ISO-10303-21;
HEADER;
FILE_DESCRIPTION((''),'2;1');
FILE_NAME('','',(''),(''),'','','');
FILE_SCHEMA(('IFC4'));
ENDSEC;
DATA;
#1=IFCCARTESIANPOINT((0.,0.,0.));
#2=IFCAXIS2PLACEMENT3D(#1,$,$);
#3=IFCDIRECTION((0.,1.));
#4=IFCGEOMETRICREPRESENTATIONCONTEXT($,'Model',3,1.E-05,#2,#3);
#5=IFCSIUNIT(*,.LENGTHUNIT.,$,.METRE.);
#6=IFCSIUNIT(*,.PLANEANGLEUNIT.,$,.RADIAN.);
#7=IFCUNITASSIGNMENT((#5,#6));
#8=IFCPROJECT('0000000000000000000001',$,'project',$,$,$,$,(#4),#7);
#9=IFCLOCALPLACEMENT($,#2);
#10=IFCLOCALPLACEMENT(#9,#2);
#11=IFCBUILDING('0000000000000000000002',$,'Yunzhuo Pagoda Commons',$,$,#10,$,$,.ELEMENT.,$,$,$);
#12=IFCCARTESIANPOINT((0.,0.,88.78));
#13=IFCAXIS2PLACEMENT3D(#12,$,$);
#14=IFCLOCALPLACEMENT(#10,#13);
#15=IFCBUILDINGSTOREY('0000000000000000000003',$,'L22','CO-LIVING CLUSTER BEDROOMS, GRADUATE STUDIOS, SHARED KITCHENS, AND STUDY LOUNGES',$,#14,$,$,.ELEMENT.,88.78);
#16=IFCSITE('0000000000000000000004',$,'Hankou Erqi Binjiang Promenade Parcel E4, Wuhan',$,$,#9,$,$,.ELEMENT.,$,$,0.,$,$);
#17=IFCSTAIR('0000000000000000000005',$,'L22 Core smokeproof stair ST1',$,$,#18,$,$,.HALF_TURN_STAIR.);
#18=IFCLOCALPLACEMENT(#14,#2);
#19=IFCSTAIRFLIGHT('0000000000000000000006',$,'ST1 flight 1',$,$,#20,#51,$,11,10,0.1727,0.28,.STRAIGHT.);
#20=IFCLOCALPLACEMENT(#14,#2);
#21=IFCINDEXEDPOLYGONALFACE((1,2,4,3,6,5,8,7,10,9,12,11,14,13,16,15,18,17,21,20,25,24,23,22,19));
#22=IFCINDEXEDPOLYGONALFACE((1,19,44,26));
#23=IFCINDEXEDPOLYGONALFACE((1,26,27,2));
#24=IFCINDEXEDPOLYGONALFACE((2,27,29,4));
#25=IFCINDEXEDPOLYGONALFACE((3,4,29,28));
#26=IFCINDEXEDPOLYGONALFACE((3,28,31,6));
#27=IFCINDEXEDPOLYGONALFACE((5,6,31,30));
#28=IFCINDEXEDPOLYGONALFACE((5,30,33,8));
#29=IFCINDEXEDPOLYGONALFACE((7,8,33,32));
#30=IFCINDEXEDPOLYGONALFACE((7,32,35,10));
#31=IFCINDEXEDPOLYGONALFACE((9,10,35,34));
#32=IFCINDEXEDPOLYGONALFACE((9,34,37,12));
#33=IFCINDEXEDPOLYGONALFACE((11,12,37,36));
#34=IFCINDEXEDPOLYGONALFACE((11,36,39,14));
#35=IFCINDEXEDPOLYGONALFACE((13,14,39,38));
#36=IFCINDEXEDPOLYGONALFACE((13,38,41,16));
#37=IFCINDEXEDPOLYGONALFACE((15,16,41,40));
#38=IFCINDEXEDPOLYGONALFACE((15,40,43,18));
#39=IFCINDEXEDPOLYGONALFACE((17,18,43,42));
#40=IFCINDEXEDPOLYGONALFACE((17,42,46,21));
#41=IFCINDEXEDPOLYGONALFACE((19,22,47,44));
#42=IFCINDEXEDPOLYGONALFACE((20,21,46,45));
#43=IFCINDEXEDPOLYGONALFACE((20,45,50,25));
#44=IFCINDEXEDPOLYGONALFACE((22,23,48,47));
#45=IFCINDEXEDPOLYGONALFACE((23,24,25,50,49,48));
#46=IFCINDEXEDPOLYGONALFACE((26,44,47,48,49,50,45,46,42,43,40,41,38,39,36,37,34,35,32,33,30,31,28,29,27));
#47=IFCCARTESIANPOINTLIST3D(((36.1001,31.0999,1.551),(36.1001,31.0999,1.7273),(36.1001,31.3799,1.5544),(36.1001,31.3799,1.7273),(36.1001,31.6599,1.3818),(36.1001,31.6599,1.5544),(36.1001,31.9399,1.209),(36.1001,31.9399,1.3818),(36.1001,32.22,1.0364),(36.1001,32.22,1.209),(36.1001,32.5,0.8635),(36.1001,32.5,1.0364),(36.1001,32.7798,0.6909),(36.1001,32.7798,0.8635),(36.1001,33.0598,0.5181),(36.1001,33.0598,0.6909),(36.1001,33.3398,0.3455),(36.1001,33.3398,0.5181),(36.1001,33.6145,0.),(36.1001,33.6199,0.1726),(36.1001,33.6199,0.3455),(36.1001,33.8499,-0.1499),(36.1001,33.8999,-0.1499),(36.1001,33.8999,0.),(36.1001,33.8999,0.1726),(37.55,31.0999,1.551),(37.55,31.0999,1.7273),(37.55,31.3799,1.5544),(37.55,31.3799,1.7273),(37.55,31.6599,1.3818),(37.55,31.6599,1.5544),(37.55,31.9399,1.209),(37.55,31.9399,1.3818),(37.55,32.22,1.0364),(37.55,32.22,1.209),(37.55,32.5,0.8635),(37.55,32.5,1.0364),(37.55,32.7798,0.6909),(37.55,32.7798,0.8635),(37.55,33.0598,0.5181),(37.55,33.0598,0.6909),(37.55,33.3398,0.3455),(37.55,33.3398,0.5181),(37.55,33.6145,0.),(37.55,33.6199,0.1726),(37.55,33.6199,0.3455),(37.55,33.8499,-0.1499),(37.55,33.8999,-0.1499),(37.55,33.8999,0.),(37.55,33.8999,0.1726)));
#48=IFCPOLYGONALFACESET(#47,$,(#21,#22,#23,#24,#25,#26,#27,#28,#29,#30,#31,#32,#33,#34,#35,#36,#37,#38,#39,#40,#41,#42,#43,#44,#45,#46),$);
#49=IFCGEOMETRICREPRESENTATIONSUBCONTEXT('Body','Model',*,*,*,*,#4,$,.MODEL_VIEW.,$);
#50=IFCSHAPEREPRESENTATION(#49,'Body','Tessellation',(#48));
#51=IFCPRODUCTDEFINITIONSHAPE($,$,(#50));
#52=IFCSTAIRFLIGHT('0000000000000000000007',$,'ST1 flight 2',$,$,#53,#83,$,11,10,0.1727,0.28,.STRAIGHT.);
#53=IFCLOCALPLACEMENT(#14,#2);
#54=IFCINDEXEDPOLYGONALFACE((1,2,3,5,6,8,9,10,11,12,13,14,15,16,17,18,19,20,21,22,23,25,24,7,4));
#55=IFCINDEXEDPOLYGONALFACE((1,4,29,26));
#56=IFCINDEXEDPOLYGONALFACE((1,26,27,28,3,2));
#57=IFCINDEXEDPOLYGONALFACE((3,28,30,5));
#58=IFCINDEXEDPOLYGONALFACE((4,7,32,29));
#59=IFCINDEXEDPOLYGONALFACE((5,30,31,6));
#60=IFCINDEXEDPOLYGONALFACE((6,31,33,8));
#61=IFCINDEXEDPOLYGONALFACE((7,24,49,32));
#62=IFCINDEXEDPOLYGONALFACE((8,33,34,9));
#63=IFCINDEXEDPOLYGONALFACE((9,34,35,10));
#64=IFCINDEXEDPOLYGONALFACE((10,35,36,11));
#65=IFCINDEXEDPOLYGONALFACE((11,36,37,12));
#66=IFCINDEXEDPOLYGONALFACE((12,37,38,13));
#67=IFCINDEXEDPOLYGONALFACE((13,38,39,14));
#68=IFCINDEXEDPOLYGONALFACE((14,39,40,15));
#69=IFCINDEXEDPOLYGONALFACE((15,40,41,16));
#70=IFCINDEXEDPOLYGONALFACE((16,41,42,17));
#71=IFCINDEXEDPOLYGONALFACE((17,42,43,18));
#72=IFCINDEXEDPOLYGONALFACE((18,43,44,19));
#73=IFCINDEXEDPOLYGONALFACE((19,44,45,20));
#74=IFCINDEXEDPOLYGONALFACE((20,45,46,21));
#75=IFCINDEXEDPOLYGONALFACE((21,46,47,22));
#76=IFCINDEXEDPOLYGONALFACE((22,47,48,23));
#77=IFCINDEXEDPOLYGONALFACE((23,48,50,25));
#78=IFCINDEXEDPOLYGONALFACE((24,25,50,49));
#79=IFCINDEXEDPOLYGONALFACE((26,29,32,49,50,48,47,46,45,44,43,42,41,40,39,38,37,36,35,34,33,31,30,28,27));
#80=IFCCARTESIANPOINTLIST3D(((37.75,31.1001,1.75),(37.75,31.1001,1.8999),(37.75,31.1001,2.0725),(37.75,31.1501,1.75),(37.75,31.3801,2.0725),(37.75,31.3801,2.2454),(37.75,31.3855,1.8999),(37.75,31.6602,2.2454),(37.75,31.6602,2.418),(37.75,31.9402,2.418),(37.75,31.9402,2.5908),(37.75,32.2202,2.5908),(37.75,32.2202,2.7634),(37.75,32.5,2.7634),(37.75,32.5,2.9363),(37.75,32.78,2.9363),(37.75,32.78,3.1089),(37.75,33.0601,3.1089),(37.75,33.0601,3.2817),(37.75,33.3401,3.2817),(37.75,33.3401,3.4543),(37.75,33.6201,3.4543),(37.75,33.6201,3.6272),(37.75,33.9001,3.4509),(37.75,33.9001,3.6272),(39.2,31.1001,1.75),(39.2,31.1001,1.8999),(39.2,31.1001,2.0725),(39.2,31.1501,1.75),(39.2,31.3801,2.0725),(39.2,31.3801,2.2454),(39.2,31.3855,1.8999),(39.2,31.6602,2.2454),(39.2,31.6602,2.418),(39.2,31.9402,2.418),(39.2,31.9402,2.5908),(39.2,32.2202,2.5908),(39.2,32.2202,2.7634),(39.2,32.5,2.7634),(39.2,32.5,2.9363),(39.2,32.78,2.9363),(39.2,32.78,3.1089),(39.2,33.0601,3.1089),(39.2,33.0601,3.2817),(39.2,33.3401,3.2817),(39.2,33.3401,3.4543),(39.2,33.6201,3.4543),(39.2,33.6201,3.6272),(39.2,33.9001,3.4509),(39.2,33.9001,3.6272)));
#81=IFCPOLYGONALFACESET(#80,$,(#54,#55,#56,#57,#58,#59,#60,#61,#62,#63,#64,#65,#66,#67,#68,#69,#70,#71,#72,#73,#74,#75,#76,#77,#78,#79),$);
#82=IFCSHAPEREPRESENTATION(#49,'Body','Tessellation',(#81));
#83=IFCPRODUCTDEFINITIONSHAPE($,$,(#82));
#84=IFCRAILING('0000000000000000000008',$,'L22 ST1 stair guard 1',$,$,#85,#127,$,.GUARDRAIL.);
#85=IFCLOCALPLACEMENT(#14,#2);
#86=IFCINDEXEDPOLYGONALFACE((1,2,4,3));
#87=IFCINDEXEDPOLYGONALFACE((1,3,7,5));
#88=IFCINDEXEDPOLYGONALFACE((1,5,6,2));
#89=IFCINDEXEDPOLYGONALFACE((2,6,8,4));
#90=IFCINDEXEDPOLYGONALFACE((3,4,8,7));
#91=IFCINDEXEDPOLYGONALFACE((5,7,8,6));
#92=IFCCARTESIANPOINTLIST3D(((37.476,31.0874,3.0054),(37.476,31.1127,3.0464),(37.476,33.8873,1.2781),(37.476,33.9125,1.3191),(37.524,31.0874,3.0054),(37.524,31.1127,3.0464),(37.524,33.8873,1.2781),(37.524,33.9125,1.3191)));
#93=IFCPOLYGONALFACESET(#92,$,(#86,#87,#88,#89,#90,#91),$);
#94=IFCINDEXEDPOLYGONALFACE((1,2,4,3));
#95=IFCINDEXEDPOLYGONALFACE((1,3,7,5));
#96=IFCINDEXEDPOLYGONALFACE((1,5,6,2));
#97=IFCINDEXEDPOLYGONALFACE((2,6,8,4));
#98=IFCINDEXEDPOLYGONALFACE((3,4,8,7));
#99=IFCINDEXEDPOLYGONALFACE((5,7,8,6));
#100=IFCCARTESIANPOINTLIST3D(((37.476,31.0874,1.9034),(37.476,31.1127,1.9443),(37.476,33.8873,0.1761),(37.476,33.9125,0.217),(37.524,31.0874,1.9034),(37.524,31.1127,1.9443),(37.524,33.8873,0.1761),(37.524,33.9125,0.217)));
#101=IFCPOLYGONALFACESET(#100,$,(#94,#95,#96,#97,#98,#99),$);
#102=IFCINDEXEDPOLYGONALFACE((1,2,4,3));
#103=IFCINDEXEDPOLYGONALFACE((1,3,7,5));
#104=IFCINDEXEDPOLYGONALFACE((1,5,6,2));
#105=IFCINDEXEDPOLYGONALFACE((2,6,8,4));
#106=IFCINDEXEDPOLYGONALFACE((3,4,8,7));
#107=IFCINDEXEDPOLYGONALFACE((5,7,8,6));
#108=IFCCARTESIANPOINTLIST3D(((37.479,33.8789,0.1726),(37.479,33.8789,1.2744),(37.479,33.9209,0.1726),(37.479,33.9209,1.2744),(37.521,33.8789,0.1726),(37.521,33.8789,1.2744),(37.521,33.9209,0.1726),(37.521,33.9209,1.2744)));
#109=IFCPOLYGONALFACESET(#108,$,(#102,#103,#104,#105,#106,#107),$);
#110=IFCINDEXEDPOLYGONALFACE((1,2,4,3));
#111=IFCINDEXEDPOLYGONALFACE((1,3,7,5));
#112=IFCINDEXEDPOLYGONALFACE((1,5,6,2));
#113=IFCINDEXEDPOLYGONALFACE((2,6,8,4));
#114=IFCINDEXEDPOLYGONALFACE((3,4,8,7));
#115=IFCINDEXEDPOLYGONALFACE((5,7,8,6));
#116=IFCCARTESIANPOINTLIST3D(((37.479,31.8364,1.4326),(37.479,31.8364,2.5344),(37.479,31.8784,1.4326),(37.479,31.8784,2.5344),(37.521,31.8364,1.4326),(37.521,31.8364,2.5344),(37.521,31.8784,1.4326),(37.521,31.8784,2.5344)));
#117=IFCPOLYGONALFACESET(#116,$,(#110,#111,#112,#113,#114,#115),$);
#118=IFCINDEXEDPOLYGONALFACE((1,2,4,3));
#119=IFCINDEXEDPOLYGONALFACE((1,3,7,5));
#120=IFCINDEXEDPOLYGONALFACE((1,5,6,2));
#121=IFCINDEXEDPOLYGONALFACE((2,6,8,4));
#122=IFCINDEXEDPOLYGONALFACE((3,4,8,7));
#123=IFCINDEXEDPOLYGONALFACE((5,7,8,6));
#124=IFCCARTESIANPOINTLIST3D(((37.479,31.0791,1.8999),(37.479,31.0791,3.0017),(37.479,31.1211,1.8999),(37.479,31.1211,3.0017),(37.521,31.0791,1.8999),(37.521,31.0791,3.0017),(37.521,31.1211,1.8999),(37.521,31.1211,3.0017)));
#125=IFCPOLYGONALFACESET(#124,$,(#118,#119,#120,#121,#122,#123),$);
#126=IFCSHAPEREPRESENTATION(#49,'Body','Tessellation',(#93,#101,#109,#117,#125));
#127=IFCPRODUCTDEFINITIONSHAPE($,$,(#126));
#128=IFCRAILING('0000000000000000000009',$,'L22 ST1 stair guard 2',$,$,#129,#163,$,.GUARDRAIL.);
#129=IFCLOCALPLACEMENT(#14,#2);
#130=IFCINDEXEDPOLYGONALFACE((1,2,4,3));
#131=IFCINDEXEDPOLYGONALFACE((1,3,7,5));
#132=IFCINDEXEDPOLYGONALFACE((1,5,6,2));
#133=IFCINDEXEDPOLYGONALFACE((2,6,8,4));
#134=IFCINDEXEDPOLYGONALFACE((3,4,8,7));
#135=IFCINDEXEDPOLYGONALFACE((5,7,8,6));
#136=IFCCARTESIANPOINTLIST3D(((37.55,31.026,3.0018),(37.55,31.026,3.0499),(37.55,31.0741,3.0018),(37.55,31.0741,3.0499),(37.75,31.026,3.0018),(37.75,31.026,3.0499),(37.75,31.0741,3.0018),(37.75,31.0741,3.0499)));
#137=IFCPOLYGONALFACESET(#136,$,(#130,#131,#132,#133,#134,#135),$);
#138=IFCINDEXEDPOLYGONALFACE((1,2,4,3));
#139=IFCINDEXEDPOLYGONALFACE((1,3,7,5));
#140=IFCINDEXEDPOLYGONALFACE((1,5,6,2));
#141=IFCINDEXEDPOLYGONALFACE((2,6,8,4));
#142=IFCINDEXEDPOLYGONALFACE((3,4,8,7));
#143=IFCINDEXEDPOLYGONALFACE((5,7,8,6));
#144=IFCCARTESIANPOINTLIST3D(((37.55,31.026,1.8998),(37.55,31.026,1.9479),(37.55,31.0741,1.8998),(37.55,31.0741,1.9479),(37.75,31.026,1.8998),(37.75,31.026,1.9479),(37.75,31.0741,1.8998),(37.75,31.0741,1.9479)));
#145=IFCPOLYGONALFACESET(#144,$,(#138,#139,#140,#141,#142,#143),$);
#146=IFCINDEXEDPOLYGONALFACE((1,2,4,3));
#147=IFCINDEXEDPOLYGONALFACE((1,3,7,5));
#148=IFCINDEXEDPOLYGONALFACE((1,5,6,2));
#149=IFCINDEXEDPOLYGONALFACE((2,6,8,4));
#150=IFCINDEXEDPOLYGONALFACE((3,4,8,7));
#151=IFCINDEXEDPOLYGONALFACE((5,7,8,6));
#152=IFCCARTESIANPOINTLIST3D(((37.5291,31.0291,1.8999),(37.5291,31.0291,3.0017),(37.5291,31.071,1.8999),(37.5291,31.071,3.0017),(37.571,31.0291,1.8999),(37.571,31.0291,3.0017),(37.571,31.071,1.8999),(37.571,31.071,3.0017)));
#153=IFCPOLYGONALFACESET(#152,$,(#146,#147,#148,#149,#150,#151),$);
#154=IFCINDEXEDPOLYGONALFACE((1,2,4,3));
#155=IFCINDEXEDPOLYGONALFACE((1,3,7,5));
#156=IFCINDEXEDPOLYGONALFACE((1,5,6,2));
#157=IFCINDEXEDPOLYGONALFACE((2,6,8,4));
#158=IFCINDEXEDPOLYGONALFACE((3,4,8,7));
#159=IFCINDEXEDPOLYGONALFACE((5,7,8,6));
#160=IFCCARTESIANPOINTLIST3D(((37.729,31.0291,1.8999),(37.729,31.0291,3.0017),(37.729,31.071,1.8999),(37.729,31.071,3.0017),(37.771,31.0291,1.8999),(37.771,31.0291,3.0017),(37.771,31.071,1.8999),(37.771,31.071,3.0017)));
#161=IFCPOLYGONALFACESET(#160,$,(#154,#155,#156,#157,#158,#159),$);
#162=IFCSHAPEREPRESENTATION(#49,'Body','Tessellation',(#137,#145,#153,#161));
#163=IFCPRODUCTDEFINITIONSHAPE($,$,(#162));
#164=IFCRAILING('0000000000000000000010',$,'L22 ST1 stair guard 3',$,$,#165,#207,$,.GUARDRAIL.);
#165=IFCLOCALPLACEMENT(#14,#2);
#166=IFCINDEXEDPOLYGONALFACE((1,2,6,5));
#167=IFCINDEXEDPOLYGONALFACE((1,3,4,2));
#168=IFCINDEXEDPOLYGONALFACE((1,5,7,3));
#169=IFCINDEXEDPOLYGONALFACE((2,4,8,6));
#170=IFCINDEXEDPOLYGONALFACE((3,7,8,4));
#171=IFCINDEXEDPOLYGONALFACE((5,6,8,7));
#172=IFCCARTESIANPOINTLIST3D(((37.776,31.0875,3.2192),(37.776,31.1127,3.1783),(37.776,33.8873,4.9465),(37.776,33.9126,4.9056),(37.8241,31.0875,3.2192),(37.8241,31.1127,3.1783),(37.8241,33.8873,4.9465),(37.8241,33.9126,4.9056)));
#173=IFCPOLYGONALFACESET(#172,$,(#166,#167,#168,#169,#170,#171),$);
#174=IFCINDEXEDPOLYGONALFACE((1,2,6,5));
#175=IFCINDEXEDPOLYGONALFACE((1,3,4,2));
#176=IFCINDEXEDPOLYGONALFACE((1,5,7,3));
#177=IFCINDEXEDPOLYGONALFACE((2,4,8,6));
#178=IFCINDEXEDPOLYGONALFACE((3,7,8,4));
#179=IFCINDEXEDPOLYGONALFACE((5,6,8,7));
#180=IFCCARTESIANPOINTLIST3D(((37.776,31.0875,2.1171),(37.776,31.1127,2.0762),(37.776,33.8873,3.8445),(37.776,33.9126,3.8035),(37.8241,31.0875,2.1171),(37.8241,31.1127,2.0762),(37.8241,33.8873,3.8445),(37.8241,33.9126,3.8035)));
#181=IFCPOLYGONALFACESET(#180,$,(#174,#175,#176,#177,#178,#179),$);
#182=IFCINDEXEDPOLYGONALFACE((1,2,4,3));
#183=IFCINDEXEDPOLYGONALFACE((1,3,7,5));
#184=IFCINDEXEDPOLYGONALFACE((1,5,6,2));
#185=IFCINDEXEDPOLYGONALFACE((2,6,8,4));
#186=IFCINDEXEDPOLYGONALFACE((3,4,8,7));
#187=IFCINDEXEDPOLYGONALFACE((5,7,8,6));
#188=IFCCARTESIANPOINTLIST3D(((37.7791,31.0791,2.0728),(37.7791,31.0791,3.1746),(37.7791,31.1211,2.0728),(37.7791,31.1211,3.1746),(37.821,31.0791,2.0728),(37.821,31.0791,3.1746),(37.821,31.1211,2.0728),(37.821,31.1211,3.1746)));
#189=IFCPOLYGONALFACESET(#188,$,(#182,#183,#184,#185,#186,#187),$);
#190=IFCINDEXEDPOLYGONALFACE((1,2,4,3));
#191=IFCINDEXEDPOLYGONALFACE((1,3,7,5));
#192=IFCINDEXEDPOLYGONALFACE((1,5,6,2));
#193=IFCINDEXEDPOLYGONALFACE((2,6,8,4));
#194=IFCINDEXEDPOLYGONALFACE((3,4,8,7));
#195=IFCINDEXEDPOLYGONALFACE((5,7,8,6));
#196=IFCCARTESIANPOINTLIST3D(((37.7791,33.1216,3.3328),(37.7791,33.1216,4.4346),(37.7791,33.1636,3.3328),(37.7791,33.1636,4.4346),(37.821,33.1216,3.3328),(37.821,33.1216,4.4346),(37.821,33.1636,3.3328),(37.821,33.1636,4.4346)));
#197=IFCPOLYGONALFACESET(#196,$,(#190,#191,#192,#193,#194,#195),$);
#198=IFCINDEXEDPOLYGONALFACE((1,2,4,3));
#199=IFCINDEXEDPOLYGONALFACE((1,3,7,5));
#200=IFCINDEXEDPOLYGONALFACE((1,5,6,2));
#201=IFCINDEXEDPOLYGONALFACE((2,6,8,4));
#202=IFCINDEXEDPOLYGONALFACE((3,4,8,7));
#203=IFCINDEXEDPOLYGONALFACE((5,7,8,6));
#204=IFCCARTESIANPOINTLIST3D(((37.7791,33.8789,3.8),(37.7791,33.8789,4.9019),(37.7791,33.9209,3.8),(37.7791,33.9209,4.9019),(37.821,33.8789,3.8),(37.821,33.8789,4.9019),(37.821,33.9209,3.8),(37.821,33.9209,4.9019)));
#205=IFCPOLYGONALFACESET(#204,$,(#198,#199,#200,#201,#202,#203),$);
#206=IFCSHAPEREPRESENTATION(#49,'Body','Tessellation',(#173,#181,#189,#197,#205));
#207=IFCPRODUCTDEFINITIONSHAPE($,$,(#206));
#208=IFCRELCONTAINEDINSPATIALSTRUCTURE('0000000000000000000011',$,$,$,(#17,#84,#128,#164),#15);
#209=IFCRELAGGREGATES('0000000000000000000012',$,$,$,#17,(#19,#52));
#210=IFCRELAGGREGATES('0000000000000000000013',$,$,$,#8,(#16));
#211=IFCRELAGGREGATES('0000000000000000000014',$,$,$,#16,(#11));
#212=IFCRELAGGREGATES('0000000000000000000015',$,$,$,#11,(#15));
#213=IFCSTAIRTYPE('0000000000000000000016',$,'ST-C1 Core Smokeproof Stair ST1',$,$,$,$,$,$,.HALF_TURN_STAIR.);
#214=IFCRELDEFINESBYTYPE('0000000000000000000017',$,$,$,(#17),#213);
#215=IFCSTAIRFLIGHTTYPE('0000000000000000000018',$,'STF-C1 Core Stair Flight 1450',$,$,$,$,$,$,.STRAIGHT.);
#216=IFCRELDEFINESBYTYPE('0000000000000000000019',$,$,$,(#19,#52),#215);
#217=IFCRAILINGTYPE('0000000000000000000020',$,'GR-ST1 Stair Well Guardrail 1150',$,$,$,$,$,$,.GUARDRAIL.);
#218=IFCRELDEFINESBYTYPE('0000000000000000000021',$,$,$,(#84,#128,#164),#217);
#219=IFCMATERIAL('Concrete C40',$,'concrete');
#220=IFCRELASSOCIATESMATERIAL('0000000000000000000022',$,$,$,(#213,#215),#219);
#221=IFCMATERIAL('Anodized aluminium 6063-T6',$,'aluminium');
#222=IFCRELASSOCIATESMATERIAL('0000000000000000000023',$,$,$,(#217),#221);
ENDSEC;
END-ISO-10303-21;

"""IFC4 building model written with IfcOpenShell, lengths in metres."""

from ifc_helpers import new_model, si_unit, direction, frame, origin, origin_2d, place, context, subcontext, project, spatial, polyline, rectangle, outline, extrude, source, transform, mapped, material, type_object, element, aggregate, save


model = new_model("IFC4")

# Units and contexts
model_context = context("Model", 3, precision=1e-05, world=origin(), true_north=direction((0.0, 1.0)))
body_context = subcontext(model_context, "Body", "Model", "MODEL_VIEW")
ifc_project = project(units=[si_unit("LENGTHUNIT", "METRE"), si_unit("PLANEANGLEUNIT", "RADIAN")], contexts=[model_context])

# Site, building, storey
site_placement = place(None, origin())
site = spatial("IfcSite", under=ifc_project, at=site_placement, Name="Hankou Erqi Binjiang Promenade Parcel E4, Wuhan", CompositionType="ELEMENT", RefElevation=0.0)
building_placement = place(site_placement, origin())
building = spatial("IfcBuilding", under=site, at=building_placement, Name="Yunzhuo Pagoda Commons", CompositionType="ELEMENT")
storey_placement = place(building_placement, frame((0.0, 0.0, 88.78)))
storey = spatial("IfcBuildingStorey", under=building, at=storey_placement, Name="L22", Description="CO-LIVING CLUSTER BEDROOMS, GRADUATE STUDIOS, SHARED KITCHENS, AND STUDY LOUNGES", CompositionType="ELEMENT", Elevation=88.78)

# Shared definitions
ifc_material_1 = material(Name="Concrete C40", Category="concrete")

# Stair, stair flights
stair_type = type_object("IfcStairType", Name="ST-C1 Core Smokeproof Stair ST1", PredefinedType="HALF_TURN_STAIR", material=ifc_material_1)
stair_placement = place(storey_placement, origin())
stair = element("IfcStair", 1, at=stair_placement, inside=storey, type_object=stair_type, Name="L22 Core smokeproof stair ST1", PredefinedType="HALF_TURN_STAIR")
stair_flight_type = type_object("IfcStairFlightType", Name="STF-C1 Core Stair Flight 1450", PredefinedType="STRAIGHT", material=ifc_material_1)
shared_shape_1 = source(origin(), body_context, "Body", "SweptSolid", [
    extrude(outline(polyline([(0.0, -0.1499), (0.0, 0.0), (0.0, 0.1726), (0.28, 0.1726), (0.28, 0.3455), (0.5601, 0.3455), (0.5601, 0.5181), (0.8401, 0.5181), (0.8401, 0.6909), (1.1201, 0.6909), (1.1201, 0.8635), (1.3999, 0.8635), (1.3999, 1.0364), (1.6799, 1.0364), (1.6799, 1.209), (1.96, 1.209), (1.96, 1.3818), (2.24, 1.3818), (2.24, 1.5544), (2.52, 1.5544), (2.52, 1.7273), (2.8, 1.7273), (2.8, 1.8999), (2.8, 1.551), (0.2854, 0.0), (0.05, -0.1499), (0.0, -0.1499)])), frame((0.0, 0.7251, 0.0), z_axis=(0.0, -1.0, 0.0), x_axis=(1.0, 0.0, 0.0)), (0.0, 0.0, 1.0), 1.45),
])
stair_flight_1_placement = place(storey_placement, frame((36.825, 33.8999, 0.0), z_axis=(0.0, 0.0, 1.0), x_axis=(0.0, -1.0, 0.0)))
stair_flight_1 = element("IfcStairFlight", 2, at=stair_flight_1_placement, type_object=stair_flight_type, Name="ST1 flight 1", NumberOfRisers=11, NumberOfTreads=10, PredefinedType="STRAIGHT", RiserHeight=0.1727, TreadLength=0.28, context=body_context, shape_type="MappedRepresentation", body=[
    mapped(shared_shape_1, transform((0.0, 0.0, 0.0), scale=1.0)),
])
stair_flight_2_placement = place(storey_placement, frame((38.4751, 31.1001, 1.8999), z_axis=(0.0, 0.0, 1.0), x_axis=(0.0, 1.0, 0.0)))
stair_flight_2 = element("IfcStairFlight", 3, at=stair_flight_2_placement, type_object=stair_flight_type, Name="ST1 flight 2", NumberOfRisers=11, NumberOfTreads=10, PredefinedType="STRAIGHT", RiserHeight=0.1727, TreadLength=0.28, context=body_context, shape_type="MappedRepresentation", body=[
    mapped(shared_shape_1, transform((0.0, 0.0, 0.0), scale=1.0)),
])
aggregate(stair, [stair_flight_1, stair_flight_2])

# Railings
ifc_material_2 = material(Name="Anodized aluminium 6063-T6", Category="aluminium")
railing_type_1 = type_object("IfcRailingType", Name="GR-ST1 Stair Well Guardrail 1150", PredefinedType="GUARDRAIL", material=ifc_material_2)
railing_1_placement = place(storey_placement, frame((37.5, 33.8999, 0.1726)))
element("IfcRailing", 4, at=railing_1_placement, inside=storey, type_object=railing_type_1, Name="L22 ST1 stair guard 1", PredefinedType="GUARDRAIL", context=body_context, shape_type="SweptSolid", body=[
    extrude(rectangle(XDim=0.0481, YDim=0.0481, at=origin_2d()), frame((0.0, 0.0, 1.126), z_axis=(0.0, -0.851069, 0.525054), x_axis=(1.0, 0.0, 0.0)), (0.0, 0.0, 1.0), 3.2898),
    extrude(rectangle(XDim=0.0481, YDim=0.0481, at=origin_2d()), frame((0.0, 0.0, 0.0239), z_axis=(0.0, -0.851069, 0.525054), x_axis=(1.0, 0.0, 0.0)), (0.0, 0.0, 1.0), 3.2898),
    extrude(rectangle(XDim=0.042, YDim=0.042, at=origin_2d()), origin(), (0.0, 0.0, 1.0), 1.1018),
    extrude(rectangle(XDim=0.042, YDim=0.042, at=origin_2d()), frame((0.0, -2.0425, 1.26)), (0.0, 0.0, 1.0), 1.1018),
    extrude(rectangle(XDim=0.042, YDim=0.042, at=origin_2d()), frame((0.0, -2.7998, 1.7273)), (0.0, 0.0, 1.0), 1.1018),
])
railing_2_placement = place(storey_placement, frame((37.55, 31.05, 1.8999)))
element("IfcRailing", 5, at=railing_2_placement, inside=storey, type_object=railing_type_1, Name="L22 ST1 stair guard 2", PredefinedType="GUARDRAIL", context=body_context, shape_type="SweptSolid", body=[
    extrude(rectangle(XDim=0.0481, YDim=0.0481, at=origin_2d()), frame((0.0, 0.0, 1.126), z_axis=(1.0, 0.0, 0.0), x_axis=(0.0, 1.0, 0.0)), (0.0, 0.0, 1.0), 0.2),
    extrude(rectangle(XDim=0.0481, YDim=0.0481, at=origin_2d()), frame((0.0, 0.0, 0.0239), z_axis=(1.0, 0.0, 0.0), x_axis=(0.0, 1.0, 0.0)), (0.0, 0.0, 1.0), 0.2),
    extrude(rectangle(XDim=0.042, YDim=0.042, at=origin_2d()), origin(), (0.0, 0.0, 1.0), 1.1018),
    extrude(rectangle(XDim=0.042, YDim=0.042, at=origin_2d()), frame((0.2, 0.0, 0.0)), (0.0, 0.0, 1.0), 1.1018),
])
railing_3_placement = place(storey_placement, frame((37.8, 31.1001, 2.0728)))
element("IfcRailing", 6, at=railing_3_placement, inside=storey, type_object=railing_type_1, Name="L22 ST1 stair guard 3", PredefinedType="GUARDRAIL", context=body_context, shape_type="SweptSolid", body=[
    extrude(rectangle(XDim=0.0481, YDim=0.0481, at=origin_2d()), frame((0.0, 0.0, 1.126), z_axis=(0.0, 0.851069, 0.525054), x_axis=(-1.0, 0.0, 0.0)), (0.0, 0.0, 1.0), 3.2898),
    extrude(rectangle(XDim=0.0481, YDim=0.0481, at=origin_2d()), frame((0.0, 0.0, 0.0239), z_axis=(0.0, 0.851069, 0.525054), x_axis=(-1.0, 0.0, 0.0)), (0.0, 0.0, 1.0), 3.2898),
    extrude(rectangle(XDim=0.042, YDim=0.042, at=origin_2d()), origin(), (0.0, 0.0, 1.0), 1.1018),
    extrude(rectangle(XDim=0.042, YDim=0.042, at=origin_2d()), frame((0.0, 2.0425, 1.26)), (0.0, 0.0, 1.0), 1.1018),
    extrude(rectangle(XDim=0.042, YDim=0.042, at=origin_2d()), frame((0.0, 2.7998, 1.7273)), (0.0, 0.0, 1.0), 1.1018),
])

save(model, "model.ifc")
